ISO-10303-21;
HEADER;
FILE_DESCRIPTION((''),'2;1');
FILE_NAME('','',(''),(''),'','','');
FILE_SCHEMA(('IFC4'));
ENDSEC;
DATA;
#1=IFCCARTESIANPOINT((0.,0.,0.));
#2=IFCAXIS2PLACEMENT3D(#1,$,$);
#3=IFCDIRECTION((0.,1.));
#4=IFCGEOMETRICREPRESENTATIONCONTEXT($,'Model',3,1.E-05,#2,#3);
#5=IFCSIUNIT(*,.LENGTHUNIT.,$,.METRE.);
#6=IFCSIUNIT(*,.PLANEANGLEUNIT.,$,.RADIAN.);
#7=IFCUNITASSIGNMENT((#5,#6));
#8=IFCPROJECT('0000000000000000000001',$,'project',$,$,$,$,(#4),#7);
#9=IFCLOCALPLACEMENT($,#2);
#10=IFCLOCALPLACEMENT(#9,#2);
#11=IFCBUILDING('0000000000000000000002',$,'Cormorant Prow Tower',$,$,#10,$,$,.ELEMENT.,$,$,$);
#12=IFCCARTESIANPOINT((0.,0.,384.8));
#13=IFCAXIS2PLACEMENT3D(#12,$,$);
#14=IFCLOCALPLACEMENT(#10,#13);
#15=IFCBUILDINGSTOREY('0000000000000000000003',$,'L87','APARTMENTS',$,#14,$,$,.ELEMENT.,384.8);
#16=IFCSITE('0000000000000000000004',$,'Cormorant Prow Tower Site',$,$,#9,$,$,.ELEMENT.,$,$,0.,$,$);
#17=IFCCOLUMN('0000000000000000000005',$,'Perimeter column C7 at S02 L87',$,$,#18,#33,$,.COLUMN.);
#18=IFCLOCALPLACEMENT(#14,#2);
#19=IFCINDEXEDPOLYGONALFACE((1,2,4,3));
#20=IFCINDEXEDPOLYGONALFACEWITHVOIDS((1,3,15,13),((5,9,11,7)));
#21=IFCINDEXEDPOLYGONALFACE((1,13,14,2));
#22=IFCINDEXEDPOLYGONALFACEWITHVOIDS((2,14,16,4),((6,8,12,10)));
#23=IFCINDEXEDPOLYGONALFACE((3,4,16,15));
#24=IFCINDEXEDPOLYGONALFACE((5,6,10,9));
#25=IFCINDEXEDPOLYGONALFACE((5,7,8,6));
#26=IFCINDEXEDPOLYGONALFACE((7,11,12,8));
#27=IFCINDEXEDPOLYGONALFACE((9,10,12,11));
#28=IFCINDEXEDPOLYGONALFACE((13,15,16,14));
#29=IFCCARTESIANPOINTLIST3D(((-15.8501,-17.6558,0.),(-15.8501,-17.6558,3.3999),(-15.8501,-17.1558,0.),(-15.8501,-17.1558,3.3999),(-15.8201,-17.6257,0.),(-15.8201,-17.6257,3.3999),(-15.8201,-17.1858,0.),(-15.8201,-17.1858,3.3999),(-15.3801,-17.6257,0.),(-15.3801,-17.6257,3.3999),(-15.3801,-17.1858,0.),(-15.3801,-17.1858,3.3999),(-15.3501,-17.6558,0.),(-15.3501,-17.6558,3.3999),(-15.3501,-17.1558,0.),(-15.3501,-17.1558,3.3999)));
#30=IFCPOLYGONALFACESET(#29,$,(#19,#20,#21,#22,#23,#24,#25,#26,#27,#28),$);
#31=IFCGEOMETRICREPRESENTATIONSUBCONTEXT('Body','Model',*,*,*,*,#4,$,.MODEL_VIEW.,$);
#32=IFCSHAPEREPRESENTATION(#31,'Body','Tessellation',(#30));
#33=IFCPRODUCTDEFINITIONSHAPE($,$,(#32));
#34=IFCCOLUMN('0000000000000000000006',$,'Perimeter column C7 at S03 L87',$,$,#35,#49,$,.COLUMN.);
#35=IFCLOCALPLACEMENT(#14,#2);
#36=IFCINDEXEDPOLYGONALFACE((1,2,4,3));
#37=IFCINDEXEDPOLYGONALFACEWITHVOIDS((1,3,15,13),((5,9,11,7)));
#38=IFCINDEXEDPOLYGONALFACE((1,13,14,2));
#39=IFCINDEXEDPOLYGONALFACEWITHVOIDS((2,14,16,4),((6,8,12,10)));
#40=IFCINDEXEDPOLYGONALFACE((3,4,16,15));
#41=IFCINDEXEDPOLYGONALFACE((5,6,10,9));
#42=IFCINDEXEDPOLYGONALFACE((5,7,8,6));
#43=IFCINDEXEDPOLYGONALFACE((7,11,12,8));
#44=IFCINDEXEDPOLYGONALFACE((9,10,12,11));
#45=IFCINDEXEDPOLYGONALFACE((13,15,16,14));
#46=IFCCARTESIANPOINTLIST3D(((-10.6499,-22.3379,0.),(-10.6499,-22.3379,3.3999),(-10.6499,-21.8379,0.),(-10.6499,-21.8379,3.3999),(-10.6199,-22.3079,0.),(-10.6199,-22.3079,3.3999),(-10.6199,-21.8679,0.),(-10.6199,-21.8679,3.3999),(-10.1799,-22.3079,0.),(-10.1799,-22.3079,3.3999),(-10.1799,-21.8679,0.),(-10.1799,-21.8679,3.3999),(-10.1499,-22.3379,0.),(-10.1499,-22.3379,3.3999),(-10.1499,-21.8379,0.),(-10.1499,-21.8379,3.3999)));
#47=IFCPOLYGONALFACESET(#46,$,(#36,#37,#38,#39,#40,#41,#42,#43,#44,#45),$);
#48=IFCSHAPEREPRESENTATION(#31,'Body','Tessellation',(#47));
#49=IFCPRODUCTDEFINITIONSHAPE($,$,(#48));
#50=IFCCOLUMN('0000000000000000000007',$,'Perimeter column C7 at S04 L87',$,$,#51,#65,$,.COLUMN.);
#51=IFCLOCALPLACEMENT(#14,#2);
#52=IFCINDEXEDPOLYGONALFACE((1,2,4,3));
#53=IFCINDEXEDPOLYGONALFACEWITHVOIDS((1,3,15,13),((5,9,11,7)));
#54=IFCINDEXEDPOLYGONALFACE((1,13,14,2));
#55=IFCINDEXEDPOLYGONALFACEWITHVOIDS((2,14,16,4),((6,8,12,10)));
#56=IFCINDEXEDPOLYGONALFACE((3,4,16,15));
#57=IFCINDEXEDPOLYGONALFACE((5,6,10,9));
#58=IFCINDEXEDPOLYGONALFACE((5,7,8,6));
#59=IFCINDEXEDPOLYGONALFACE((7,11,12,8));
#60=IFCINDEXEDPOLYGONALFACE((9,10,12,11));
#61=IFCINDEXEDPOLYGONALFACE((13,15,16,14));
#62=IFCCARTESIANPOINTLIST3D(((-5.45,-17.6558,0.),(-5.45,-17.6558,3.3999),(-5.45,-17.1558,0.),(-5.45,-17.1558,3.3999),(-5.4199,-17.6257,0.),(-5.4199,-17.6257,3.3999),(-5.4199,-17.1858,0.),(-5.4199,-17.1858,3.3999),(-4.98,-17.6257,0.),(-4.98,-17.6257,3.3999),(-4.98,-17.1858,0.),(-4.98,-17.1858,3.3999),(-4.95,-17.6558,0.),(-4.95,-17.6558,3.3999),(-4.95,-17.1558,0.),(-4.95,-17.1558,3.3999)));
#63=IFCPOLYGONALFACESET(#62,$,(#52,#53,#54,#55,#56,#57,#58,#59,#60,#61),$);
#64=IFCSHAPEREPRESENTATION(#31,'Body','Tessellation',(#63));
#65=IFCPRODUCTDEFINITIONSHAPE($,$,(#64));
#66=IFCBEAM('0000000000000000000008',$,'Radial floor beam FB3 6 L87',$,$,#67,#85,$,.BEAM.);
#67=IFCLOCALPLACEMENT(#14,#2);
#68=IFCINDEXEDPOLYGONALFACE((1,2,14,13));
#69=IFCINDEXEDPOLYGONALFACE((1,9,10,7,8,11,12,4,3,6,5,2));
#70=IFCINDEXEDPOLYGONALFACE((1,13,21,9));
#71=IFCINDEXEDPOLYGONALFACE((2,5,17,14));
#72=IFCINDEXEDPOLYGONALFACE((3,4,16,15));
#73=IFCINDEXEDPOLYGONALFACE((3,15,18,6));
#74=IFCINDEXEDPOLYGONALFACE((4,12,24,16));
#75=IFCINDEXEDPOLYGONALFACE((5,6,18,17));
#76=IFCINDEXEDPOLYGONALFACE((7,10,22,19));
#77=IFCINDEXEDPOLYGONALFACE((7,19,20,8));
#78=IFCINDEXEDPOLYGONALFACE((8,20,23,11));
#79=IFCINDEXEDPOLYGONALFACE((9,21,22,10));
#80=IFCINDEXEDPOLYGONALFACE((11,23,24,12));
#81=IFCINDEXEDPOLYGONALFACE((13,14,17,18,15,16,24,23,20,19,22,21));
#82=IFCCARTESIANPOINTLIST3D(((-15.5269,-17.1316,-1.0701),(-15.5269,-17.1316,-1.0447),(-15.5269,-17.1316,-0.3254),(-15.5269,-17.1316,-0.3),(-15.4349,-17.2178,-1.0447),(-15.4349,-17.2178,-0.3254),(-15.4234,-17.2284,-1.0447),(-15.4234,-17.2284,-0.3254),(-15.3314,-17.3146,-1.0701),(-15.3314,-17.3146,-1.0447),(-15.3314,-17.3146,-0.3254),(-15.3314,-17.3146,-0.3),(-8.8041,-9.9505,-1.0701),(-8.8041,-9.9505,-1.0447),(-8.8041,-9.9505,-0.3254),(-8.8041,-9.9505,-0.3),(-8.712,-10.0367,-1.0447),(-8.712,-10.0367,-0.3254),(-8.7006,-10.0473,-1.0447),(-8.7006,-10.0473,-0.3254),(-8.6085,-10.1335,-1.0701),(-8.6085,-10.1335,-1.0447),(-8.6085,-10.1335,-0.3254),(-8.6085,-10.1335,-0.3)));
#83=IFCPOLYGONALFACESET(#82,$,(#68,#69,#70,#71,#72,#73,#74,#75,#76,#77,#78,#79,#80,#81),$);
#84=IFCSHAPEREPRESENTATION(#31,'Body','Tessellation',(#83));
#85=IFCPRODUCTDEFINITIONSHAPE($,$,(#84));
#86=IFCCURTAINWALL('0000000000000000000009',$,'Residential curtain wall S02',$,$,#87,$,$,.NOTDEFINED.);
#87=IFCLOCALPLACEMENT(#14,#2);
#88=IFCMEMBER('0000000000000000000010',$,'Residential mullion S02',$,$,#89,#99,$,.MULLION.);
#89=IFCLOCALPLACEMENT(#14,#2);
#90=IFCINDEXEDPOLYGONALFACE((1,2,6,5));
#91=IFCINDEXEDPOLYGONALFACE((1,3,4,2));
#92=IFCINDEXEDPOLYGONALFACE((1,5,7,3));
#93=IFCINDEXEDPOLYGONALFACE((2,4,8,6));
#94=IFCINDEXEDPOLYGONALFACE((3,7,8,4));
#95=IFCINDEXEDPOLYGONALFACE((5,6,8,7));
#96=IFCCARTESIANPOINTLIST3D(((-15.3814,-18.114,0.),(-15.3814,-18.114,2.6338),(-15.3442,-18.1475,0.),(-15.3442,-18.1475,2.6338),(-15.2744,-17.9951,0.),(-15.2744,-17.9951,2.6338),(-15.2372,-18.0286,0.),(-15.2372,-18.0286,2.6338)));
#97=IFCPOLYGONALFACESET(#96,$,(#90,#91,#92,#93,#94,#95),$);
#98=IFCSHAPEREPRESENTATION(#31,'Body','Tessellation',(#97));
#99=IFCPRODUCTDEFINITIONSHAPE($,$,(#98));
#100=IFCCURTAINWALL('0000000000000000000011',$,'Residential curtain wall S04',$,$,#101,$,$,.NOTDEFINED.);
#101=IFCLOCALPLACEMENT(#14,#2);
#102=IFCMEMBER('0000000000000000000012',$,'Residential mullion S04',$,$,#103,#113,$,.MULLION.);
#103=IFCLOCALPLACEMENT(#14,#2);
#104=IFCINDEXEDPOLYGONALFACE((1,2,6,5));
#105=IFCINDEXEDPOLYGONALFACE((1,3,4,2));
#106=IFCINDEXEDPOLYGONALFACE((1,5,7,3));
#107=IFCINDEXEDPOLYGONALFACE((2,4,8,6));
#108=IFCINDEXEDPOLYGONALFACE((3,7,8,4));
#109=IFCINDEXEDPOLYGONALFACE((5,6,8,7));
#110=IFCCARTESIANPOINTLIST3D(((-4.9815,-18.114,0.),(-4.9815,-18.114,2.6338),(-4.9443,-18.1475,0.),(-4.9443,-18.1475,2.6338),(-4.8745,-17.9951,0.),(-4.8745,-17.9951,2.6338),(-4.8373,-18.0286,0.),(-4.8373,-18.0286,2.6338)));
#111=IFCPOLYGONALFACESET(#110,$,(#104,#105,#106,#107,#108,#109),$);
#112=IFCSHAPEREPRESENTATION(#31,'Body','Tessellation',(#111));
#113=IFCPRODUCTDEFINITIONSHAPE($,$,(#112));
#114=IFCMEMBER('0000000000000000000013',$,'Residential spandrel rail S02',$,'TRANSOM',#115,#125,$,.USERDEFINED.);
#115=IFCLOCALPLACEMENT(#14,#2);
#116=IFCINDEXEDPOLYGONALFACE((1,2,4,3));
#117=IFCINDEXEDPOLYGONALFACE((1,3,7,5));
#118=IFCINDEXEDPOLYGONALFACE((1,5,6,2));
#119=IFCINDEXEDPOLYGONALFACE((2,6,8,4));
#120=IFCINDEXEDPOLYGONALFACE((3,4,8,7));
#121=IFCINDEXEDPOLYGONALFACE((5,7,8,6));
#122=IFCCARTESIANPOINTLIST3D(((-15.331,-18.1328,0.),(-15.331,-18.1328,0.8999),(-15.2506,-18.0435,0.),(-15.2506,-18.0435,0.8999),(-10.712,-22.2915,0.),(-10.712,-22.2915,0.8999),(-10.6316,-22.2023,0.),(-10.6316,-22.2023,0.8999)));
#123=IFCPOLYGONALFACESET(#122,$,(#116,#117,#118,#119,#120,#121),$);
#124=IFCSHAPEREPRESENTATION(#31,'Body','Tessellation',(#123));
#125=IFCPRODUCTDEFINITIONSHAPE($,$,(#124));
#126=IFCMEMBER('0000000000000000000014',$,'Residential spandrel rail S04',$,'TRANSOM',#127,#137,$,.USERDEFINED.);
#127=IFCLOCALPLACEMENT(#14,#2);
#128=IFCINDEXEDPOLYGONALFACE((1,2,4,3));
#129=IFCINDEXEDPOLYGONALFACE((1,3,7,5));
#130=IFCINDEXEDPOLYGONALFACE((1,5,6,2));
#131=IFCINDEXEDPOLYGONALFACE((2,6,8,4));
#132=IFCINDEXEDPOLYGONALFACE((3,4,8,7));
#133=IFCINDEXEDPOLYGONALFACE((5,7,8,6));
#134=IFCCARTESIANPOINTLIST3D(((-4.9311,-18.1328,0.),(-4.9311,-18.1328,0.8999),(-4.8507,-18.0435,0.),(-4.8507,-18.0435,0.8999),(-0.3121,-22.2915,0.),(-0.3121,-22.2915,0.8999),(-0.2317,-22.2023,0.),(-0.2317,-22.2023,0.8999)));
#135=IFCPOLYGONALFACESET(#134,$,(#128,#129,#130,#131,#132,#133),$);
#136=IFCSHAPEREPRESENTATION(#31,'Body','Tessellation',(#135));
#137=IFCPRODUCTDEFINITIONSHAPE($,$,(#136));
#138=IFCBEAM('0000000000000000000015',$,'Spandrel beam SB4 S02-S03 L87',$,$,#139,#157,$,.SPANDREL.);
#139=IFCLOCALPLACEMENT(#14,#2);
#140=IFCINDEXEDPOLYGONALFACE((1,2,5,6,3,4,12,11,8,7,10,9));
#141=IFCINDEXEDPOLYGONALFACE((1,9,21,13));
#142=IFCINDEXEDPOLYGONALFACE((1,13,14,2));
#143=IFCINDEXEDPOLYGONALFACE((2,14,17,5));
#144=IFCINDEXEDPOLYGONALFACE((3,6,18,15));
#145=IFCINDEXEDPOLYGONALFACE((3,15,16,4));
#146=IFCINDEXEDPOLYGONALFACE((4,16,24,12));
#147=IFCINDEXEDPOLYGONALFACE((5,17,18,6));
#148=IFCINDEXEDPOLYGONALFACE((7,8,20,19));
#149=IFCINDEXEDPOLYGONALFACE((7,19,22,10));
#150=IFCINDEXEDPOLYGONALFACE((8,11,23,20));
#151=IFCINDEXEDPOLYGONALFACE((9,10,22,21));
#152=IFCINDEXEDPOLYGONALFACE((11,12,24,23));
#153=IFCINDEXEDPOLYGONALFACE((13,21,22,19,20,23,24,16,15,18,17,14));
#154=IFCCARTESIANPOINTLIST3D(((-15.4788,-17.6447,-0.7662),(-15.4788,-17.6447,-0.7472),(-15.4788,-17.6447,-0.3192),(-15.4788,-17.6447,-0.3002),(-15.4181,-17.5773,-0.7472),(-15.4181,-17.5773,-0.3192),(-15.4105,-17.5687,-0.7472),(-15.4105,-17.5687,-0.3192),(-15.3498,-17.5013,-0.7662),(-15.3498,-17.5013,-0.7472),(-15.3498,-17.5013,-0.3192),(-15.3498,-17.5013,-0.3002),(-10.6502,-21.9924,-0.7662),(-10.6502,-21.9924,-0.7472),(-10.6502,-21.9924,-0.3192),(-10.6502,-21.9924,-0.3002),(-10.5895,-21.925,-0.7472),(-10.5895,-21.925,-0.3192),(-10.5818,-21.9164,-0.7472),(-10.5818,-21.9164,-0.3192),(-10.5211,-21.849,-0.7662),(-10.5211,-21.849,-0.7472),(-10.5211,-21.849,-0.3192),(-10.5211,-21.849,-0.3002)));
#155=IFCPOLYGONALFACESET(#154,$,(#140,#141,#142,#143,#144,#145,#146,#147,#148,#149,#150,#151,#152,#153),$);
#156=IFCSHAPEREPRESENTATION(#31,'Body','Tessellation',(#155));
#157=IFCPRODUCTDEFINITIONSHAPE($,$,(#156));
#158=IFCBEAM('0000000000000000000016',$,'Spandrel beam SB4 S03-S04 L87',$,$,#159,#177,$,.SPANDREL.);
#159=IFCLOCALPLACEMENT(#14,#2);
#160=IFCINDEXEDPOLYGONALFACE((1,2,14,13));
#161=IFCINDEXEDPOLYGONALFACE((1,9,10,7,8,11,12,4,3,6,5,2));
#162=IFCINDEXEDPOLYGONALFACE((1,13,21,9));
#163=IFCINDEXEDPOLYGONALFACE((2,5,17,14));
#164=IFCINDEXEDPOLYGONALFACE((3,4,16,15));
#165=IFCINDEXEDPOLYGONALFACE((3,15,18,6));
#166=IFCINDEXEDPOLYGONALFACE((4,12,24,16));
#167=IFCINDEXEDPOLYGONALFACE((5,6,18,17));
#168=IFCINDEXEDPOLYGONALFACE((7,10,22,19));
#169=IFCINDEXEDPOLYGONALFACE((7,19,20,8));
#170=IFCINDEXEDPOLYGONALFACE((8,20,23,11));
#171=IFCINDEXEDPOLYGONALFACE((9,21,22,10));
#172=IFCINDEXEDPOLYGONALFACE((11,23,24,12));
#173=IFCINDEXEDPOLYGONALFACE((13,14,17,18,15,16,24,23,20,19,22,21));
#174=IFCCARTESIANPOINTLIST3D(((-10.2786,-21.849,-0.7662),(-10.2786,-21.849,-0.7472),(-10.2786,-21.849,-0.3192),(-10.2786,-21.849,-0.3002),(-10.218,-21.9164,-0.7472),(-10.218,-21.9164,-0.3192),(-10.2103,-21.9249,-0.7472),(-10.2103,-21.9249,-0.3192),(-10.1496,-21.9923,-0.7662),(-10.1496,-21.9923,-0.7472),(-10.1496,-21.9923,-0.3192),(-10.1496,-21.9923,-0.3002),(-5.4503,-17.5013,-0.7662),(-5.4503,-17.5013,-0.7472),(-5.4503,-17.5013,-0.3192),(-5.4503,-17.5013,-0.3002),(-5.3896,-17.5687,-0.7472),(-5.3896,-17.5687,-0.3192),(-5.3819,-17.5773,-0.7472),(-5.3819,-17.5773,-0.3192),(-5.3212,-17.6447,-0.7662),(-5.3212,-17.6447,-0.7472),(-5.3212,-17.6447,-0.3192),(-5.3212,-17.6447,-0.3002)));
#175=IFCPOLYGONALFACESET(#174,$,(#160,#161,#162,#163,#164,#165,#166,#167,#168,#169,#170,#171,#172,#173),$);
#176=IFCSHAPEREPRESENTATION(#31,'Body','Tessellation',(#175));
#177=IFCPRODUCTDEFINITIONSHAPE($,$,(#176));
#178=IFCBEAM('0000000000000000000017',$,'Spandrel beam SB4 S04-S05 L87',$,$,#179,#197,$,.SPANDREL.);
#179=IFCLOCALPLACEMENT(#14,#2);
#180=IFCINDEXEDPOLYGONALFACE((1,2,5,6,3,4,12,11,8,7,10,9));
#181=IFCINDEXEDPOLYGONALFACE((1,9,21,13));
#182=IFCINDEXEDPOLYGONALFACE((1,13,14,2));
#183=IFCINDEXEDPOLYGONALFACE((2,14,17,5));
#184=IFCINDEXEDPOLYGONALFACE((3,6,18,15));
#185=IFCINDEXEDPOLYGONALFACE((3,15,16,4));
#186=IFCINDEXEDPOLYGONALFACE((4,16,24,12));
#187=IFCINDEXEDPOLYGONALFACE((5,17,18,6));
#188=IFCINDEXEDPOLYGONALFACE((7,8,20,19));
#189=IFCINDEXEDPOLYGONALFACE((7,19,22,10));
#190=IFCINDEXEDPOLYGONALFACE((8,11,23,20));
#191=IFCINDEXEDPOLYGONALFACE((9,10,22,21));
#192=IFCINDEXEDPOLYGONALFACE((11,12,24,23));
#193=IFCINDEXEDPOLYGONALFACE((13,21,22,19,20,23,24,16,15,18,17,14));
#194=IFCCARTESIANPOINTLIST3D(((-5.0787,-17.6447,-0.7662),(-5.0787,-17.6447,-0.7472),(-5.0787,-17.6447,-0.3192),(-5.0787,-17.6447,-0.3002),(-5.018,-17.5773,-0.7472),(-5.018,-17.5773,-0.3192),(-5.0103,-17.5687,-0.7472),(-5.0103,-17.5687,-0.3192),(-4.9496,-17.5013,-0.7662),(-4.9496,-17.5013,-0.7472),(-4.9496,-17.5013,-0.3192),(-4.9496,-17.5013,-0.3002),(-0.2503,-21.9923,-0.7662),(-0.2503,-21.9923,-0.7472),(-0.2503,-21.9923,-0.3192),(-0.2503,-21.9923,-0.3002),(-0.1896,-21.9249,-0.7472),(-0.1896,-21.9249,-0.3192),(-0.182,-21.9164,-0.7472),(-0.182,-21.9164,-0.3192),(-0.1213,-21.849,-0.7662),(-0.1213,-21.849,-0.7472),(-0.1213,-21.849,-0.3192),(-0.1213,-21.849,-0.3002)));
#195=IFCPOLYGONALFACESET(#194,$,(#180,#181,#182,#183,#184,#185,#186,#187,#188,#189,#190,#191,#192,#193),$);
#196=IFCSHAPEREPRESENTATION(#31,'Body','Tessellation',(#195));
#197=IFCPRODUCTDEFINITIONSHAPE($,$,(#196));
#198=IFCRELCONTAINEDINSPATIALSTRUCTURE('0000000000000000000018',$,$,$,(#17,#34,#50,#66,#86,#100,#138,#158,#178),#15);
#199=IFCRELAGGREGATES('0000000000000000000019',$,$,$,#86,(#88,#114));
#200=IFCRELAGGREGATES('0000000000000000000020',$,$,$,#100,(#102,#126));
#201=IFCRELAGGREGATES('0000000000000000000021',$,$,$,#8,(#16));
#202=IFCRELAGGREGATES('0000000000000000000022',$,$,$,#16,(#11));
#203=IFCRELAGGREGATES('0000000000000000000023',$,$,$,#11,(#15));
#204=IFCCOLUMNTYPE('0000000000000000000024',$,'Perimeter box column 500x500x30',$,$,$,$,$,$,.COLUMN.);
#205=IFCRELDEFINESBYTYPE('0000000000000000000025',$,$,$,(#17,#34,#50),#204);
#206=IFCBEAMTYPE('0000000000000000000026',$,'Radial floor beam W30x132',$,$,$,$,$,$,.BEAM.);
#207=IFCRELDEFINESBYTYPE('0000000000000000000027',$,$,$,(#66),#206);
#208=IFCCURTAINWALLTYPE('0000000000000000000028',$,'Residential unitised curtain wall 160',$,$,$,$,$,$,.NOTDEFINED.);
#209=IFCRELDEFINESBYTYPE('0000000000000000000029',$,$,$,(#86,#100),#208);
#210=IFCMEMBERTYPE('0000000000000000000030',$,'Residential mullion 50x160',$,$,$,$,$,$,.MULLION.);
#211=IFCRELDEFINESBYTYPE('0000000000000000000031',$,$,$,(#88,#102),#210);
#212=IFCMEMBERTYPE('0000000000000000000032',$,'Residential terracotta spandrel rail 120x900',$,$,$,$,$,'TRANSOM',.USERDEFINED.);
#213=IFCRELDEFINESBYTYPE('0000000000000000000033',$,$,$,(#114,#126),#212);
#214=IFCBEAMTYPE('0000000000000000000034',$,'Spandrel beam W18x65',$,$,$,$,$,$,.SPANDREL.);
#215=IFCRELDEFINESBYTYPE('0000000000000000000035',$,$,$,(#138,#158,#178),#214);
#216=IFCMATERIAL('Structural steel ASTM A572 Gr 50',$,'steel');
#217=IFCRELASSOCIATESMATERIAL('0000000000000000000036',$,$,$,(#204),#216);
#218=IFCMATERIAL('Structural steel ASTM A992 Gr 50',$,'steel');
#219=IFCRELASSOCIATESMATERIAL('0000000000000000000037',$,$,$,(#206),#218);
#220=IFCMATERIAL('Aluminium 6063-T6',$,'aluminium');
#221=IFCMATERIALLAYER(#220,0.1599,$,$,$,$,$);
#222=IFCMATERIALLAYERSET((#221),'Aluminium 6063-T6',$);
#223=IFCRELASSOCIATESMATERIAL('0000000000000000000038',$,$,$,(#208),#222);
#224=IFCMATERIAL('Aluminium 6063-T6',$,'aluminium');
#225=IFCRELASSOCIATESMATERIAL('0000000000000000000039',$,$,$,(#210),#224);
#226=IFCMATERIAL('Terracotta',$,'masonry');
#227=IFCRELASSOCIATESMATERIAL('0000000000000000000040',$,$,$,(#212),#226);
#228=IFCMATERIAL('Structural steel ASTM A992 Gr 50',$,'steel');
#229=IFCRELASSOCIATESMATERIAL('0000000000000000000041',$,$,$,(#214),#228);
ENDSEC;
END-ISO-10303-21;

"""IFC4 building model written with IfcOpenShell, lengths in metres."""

from ifc_helpers import new_model, si_unit, direction, frame, origin, origin_2d, place, context, subcontext, project, spatial, rectangle, hollow_rectangle, i_section, extrude, material, layer, layer_set, material_profile, profile_set, type_object, element, aggregate, save


model = new_model("IFC4")

# Units and contexts
model_context = context("Model", 3, precision=1e-05, world=origin(), true_north=direction((0.0, 1.0)))
body_context = subcontext(model_context, "Body", "Model", "MODEL_VIEW")
ifc_project = project(units=[si_unit("LENGTHUNIT", "METRE"), si_unit("PLANEANGLEUNIT", "RADIAN")], contexts=[model_context])

# Site, building, storey
site_placement = place(None, origin())
site = spatial("IfcSite", under=ifc_project, at=site_placement, Name="Cormorant Prow Tower Site", CompositionType="ELEMENT", RefElevation=0.0)
building_placement = place(site_placement, origin())
building = spatial("IfcBuilding", under=site, at=building_placement, Name="Cormorant Prow Tower", CompositionType="ELEMENT")
storey_placement = place(building_placement, frame((0.0, 0.0, 384.8)))
storey = spatial("IfcBuildingStorey", under=building, at=storey_placement, Name="L87", Description="APARTMENTS", CompositionType="ELEMENT", Elevation=384.8)

# Columns
ifc_material_1 = material(Name="Structural steel ASTM A572 Gr 50", Category="steel")
ifc_material_profile_1 = material_profile(ifc_material_1, hollow_rectangle(XDim=0.5, YDim=0.5, WallThickness=0.03, at=origin_2d()), Name="Box 500x500x30")
ifc_profile_set_1 = profile_set([ifc_material_profile_1], Name="Structural steel ASTM A572 Gr 50")
column_type = type_object("IfcColumnType", Name="Perimeter box column 500x500x30", PredefinedType="COLUMN", material=ifc_profile_set_1)
for number, where, z_axis, x_axis, name in (
    (1, (-15.6001, -17.4058, 0.0), (0.0, 0.0, 1.0), (1.0, 0.0, 0.0), "Perimeter column C7 at S02 L87"),
    (2, (-10.3999, -22.0879, 0.0), (0.0, 0.0, 1.0), (1.0, 0.0, 0.0), "Perimeter column C7 at S03 L87"),
    (3, (-5.2, -17.4058, 0.0), (0.0, 0.0, 1.0), (1.0, 0.0, 0.0), "Perimeter column C7 at S04 L87"),
):
    element("IfcColumn", number, at=place(storey_placement, frame(where, z_axis=z_axis, x_axis=x_axis)), inside=storey, type_object=column_type, Name=name, PredefinedType="COLUMN", context=body_context, shape_type="SweptSolid", body=[
        extrude(hollow_rectangle(XDim=0.5, YDim=0.5, WallThickness=0.03, at=origin_2d()), origin(), (0.0, 0.0, 1.0), 3.3999),
    ])

# Beam
ifc_material_2 = material(Name="Structural steel ASTM A992 Gr 50", Category="steel")
ifc_material_profile_2 = material_profile(ifc_material_2, i_section(OverallWidth=0.2678, OverallDepth=0.77, WebThickness=0.0156, FlangeThickness=0.0254, at=origin_2d()), Name="W30x132")
ifc_profile_set_2 = profile_set([ifc_material_profile_2], Name="Structural steel ASTM A992 Gr 50")
beam_type_1 = type_object("IfcBeamType", Name="Radial floor beam W30x132", PredefinedType="BEAM", material=ifc_profile_set_2)
beam_1_placement = place(storey_placement, frame((-8.7063, -10.042, -0.6851), z_axis=(-0.683431, -0.730015, 0.0), x_axis=(0.730015, -0.683431, 0.0)))
element("IfcBeam", 4, at=beam_1_placement, inside=storey, type_object=beam_type_1, Name="Radial floor beam FB3 6 L87", PredefinedType="BEAM", context=body_context, shape_type="SweptSolid", body=[
    extrude(i_section(OverallWidth=0.2678, OverallDepth=0.77, WebThickness=0.0156, FlangeThickness=0.0254, at=origin_2d()), origin(), (0.0, 0.0, 1.0), 9.8369),
])

# Curtain walls, members
ifc_material_3 = material(Name="Aluminium 6063-T6", Category="aluminium")
ifc_layer_1 = layer(ifc_material_3, 0.1599)
ifc_layer_set_1 = layer_set([ifc_layer_1], Name="Aluminium 6063-T6")
curtain_wall_type = type_object("IfcCurtainWallType", Name="Residential unitised curtain wall 160", PredefinedType="NOTDEFINED", material=ifc_layer_set_1)
curtain_wall_1_placement = place(storey_placement, origin())
curtain_wall_1 = element("IfcCurtainWall", 5, at=curtain_wall_1_placement, inside=storey, type_object=curtain_wall_type, Name="Residential curtain wall S02", PredefinedType="NOTDEFINED")
ifc_material_4 = material(Name="Aluminium 6063-T6", Category="aluminium")
ifc_material_profile_3 = material_profile(ifc_material_4, rectangle(XDim=0.1599, YDim=0.05, at=origin_2d()), Name="Residential mullion 50x160")
ifc_profile_set_3 = profile_set([ifc_material_profile_3], Name="Aluminium 6063-T6")
member_type_1 = type_object("IfcMemberType", Name="Residential mullion 50x160", PredefinedType="MULLION", material=ifc_profile_set_3)
member_1_placement = place(storey_placement, frame((-15.3093, -18.0713, 0.0), z_axis=(0.0, 0.0, 1.0), x_axis=(0.669131, 0.743145, 0.0)))
member_1 = element("IfcMember", 6, at=member_1_placement, type_object=member_type_1, Name="Residential mullion S02", PredefinedType="MULLION", context=body_context, shape_type="SweptSolid", body=[
    extrude(rectangle(XDim=0.1599, YDim=0.05, at=origin_2d()), origin(), (0.0, 0.0, 1.0), 2.6338),
])
curtain_wall_2_placement = place(storey_placement, origin())
curtain_wall_2 = element("IfcCurtainWall", 7, at=curtain_wall_2_placement, inside=storey, type_object=curtain_wall_type, Name="Residential curtain wall S04", PredefinedType="NOTDEFINED")
member_2_placement = place(storey_placement, frame((-4.9094, -18.0713, 0.0), z_axis=(0.0, 0.0, 1.0), x_axis=(0.669131, 0.743145, 0.0)))
member_2 = element("IfcMember", 8, at=member_2_placement, type_object=member_type_1, Name="Residential mullion S04", PredefinedType="MULLION", context=body_context, shape_type="SweptSolid", body=[
    extrude(rectangle(XDim=0.1599, YDim=0.05, at=origin_2d()), origin(), (0.0, 0.0, 1.0), 2.6338),
])

# Members
ifc_material_5 = material(Name="Terracotta", Category="masonry")
ifc_material_profile_4 = material_profile(ifc_material_5, rectangle(XDim=0.1201, YDim=0.8999, at=origin_2d()), Name="Residential terracotta spandrel rail 120x900")
ifc_profile_set_4 = profile_set([ifc_material_profile_4], Name="Terracotta")
member_type_2 = type_object("IfcMemberType", Name="Residential terracotta spandrel rail 120x900", ElementType="TRANSOM", PredefinedType="USERDEFINED", material=ifc_profile_set_4)
member_3_placement = place(storey_placement, frame((-15.2908, -18.0881, 0.45), z_axis=(0.743159, -0.669114, 0.0), x_axis=(0.669114, 0.743159, 0.0)))
member_3 = element("IfcMember", 9, at=member_3_placement, type_object=member_type_2, Name="Residential spandrel rail S02", ObjectType="TRANSOM", PredefinedType="USERDEFINED", context=body_context, shape_type="SweptSolid", body=[
    extrude(rectangle(XDim=0.1201, YDim=0.8999, at=origin_2d()), origin(), (0.0, 0.0, 1.0), 6.2153),
])
member_4_placement = place(storey_placement, frame((-4.8909, -18.0881, 0.45), z_axis=(0.743159, -0.669114, 0.0), x_axis=(0.669114, 0.743159, 0.0)))
member_4 = element("IfcMember", 10, at=member_4_placement, type_object=member_type_2, Name="Residential spandrel rail S04", ObjectType="TRANSOM", PredefinedType="USERDEFINED", context=body_context, shape_type="SweptSolid", body=[
    extrude(rectangle(XDim=0.1201, YDim=0.8999, at=origin_2d()), origin(), (0.0, 0.0, 1.0), 6.2153),
])

# Beams
ifc_material_6 = material(Name="Structural steel ASTM A992 Gr 50", Category="steel")
ifc_material_profile_5 = material_profile(ifc_material_6, i_section(OverallWidth=0.1929, OverallDepth=0.4661, WebThickness=0.0115, FlangeThickness=0.019, at=origin_2d()), Name="W18x65")
ifc_profile_set_5 = profile_set([ifc_material_profile_5], Name="Structural steel ASTM A992 Gr 50")
beam_type_2 = type_object("IfcBeamType", Name="Spandrel beam W18x65", PredefinedType="SPANDREL", material=ifc_profile_set_5)
beam_2_placement = place(storey_placement, frame((-15.4143, -17.573, -0.5332), z_axis=(0.743148, -0.669127, 0.0), x_axis=(0.669127, 0.743148, 0.0)))
element("IfcBeam", 11, at=beam_2_placement, inside=storey, type_object=beam_type_2, Name="Spandrel beam SB4 S02-S03 L87", PredefinedType="SPANDREL", context=body_context, shape_type="SweptSolid", body=[
    extrude(i_section(OverallWidth=0.1929, OverallDepth=0.4661, WebThickness=0.0115, FlangeThickness=0.019, at=origin_2d()), origin(), (0.0, 0.0, 1.0), 6.4976),
])
for number, where, z_axis, x_axis, name in (
    (12, (-10.2141, -21.9207, -0.5332), (0.743132, 0.669145, 0.0), (-0.669145, 0.743132, 0.0), "Spandrel beam SB4 S03-S04 L87"),
    (13, (-5.0142, -17.573, -0.5332), (0.743132, -0.669145, 0.0), (0.669145, 0.743132, 0.0), "Spandrel beam SB4 S04-S05 L87"),
):
    element("IfcBeam", number, at=place(storey_placement, frame(where, z_axis=z_axis, x_axis=x_axis)), inside=storey, type_object=beam_type_2, Name=name, PredefinedType="SPANDREL", context=body_context, shape_type="SweptSolid", body=[
        extrude(i_section(OverallWidth=0.1929, OverallDepth=0.4661, WebThickness=0.0115, FlangeThickness=0.019, at=origin_2d()), origin(), (0.0, 0.0, 1.0), 6.4973),
    ])

aggregate(curtain_wall_1, [member_1, member_3])
aggregate(curtain_wall_2, [member_2, member_4])

save(model, "model.ifc")
